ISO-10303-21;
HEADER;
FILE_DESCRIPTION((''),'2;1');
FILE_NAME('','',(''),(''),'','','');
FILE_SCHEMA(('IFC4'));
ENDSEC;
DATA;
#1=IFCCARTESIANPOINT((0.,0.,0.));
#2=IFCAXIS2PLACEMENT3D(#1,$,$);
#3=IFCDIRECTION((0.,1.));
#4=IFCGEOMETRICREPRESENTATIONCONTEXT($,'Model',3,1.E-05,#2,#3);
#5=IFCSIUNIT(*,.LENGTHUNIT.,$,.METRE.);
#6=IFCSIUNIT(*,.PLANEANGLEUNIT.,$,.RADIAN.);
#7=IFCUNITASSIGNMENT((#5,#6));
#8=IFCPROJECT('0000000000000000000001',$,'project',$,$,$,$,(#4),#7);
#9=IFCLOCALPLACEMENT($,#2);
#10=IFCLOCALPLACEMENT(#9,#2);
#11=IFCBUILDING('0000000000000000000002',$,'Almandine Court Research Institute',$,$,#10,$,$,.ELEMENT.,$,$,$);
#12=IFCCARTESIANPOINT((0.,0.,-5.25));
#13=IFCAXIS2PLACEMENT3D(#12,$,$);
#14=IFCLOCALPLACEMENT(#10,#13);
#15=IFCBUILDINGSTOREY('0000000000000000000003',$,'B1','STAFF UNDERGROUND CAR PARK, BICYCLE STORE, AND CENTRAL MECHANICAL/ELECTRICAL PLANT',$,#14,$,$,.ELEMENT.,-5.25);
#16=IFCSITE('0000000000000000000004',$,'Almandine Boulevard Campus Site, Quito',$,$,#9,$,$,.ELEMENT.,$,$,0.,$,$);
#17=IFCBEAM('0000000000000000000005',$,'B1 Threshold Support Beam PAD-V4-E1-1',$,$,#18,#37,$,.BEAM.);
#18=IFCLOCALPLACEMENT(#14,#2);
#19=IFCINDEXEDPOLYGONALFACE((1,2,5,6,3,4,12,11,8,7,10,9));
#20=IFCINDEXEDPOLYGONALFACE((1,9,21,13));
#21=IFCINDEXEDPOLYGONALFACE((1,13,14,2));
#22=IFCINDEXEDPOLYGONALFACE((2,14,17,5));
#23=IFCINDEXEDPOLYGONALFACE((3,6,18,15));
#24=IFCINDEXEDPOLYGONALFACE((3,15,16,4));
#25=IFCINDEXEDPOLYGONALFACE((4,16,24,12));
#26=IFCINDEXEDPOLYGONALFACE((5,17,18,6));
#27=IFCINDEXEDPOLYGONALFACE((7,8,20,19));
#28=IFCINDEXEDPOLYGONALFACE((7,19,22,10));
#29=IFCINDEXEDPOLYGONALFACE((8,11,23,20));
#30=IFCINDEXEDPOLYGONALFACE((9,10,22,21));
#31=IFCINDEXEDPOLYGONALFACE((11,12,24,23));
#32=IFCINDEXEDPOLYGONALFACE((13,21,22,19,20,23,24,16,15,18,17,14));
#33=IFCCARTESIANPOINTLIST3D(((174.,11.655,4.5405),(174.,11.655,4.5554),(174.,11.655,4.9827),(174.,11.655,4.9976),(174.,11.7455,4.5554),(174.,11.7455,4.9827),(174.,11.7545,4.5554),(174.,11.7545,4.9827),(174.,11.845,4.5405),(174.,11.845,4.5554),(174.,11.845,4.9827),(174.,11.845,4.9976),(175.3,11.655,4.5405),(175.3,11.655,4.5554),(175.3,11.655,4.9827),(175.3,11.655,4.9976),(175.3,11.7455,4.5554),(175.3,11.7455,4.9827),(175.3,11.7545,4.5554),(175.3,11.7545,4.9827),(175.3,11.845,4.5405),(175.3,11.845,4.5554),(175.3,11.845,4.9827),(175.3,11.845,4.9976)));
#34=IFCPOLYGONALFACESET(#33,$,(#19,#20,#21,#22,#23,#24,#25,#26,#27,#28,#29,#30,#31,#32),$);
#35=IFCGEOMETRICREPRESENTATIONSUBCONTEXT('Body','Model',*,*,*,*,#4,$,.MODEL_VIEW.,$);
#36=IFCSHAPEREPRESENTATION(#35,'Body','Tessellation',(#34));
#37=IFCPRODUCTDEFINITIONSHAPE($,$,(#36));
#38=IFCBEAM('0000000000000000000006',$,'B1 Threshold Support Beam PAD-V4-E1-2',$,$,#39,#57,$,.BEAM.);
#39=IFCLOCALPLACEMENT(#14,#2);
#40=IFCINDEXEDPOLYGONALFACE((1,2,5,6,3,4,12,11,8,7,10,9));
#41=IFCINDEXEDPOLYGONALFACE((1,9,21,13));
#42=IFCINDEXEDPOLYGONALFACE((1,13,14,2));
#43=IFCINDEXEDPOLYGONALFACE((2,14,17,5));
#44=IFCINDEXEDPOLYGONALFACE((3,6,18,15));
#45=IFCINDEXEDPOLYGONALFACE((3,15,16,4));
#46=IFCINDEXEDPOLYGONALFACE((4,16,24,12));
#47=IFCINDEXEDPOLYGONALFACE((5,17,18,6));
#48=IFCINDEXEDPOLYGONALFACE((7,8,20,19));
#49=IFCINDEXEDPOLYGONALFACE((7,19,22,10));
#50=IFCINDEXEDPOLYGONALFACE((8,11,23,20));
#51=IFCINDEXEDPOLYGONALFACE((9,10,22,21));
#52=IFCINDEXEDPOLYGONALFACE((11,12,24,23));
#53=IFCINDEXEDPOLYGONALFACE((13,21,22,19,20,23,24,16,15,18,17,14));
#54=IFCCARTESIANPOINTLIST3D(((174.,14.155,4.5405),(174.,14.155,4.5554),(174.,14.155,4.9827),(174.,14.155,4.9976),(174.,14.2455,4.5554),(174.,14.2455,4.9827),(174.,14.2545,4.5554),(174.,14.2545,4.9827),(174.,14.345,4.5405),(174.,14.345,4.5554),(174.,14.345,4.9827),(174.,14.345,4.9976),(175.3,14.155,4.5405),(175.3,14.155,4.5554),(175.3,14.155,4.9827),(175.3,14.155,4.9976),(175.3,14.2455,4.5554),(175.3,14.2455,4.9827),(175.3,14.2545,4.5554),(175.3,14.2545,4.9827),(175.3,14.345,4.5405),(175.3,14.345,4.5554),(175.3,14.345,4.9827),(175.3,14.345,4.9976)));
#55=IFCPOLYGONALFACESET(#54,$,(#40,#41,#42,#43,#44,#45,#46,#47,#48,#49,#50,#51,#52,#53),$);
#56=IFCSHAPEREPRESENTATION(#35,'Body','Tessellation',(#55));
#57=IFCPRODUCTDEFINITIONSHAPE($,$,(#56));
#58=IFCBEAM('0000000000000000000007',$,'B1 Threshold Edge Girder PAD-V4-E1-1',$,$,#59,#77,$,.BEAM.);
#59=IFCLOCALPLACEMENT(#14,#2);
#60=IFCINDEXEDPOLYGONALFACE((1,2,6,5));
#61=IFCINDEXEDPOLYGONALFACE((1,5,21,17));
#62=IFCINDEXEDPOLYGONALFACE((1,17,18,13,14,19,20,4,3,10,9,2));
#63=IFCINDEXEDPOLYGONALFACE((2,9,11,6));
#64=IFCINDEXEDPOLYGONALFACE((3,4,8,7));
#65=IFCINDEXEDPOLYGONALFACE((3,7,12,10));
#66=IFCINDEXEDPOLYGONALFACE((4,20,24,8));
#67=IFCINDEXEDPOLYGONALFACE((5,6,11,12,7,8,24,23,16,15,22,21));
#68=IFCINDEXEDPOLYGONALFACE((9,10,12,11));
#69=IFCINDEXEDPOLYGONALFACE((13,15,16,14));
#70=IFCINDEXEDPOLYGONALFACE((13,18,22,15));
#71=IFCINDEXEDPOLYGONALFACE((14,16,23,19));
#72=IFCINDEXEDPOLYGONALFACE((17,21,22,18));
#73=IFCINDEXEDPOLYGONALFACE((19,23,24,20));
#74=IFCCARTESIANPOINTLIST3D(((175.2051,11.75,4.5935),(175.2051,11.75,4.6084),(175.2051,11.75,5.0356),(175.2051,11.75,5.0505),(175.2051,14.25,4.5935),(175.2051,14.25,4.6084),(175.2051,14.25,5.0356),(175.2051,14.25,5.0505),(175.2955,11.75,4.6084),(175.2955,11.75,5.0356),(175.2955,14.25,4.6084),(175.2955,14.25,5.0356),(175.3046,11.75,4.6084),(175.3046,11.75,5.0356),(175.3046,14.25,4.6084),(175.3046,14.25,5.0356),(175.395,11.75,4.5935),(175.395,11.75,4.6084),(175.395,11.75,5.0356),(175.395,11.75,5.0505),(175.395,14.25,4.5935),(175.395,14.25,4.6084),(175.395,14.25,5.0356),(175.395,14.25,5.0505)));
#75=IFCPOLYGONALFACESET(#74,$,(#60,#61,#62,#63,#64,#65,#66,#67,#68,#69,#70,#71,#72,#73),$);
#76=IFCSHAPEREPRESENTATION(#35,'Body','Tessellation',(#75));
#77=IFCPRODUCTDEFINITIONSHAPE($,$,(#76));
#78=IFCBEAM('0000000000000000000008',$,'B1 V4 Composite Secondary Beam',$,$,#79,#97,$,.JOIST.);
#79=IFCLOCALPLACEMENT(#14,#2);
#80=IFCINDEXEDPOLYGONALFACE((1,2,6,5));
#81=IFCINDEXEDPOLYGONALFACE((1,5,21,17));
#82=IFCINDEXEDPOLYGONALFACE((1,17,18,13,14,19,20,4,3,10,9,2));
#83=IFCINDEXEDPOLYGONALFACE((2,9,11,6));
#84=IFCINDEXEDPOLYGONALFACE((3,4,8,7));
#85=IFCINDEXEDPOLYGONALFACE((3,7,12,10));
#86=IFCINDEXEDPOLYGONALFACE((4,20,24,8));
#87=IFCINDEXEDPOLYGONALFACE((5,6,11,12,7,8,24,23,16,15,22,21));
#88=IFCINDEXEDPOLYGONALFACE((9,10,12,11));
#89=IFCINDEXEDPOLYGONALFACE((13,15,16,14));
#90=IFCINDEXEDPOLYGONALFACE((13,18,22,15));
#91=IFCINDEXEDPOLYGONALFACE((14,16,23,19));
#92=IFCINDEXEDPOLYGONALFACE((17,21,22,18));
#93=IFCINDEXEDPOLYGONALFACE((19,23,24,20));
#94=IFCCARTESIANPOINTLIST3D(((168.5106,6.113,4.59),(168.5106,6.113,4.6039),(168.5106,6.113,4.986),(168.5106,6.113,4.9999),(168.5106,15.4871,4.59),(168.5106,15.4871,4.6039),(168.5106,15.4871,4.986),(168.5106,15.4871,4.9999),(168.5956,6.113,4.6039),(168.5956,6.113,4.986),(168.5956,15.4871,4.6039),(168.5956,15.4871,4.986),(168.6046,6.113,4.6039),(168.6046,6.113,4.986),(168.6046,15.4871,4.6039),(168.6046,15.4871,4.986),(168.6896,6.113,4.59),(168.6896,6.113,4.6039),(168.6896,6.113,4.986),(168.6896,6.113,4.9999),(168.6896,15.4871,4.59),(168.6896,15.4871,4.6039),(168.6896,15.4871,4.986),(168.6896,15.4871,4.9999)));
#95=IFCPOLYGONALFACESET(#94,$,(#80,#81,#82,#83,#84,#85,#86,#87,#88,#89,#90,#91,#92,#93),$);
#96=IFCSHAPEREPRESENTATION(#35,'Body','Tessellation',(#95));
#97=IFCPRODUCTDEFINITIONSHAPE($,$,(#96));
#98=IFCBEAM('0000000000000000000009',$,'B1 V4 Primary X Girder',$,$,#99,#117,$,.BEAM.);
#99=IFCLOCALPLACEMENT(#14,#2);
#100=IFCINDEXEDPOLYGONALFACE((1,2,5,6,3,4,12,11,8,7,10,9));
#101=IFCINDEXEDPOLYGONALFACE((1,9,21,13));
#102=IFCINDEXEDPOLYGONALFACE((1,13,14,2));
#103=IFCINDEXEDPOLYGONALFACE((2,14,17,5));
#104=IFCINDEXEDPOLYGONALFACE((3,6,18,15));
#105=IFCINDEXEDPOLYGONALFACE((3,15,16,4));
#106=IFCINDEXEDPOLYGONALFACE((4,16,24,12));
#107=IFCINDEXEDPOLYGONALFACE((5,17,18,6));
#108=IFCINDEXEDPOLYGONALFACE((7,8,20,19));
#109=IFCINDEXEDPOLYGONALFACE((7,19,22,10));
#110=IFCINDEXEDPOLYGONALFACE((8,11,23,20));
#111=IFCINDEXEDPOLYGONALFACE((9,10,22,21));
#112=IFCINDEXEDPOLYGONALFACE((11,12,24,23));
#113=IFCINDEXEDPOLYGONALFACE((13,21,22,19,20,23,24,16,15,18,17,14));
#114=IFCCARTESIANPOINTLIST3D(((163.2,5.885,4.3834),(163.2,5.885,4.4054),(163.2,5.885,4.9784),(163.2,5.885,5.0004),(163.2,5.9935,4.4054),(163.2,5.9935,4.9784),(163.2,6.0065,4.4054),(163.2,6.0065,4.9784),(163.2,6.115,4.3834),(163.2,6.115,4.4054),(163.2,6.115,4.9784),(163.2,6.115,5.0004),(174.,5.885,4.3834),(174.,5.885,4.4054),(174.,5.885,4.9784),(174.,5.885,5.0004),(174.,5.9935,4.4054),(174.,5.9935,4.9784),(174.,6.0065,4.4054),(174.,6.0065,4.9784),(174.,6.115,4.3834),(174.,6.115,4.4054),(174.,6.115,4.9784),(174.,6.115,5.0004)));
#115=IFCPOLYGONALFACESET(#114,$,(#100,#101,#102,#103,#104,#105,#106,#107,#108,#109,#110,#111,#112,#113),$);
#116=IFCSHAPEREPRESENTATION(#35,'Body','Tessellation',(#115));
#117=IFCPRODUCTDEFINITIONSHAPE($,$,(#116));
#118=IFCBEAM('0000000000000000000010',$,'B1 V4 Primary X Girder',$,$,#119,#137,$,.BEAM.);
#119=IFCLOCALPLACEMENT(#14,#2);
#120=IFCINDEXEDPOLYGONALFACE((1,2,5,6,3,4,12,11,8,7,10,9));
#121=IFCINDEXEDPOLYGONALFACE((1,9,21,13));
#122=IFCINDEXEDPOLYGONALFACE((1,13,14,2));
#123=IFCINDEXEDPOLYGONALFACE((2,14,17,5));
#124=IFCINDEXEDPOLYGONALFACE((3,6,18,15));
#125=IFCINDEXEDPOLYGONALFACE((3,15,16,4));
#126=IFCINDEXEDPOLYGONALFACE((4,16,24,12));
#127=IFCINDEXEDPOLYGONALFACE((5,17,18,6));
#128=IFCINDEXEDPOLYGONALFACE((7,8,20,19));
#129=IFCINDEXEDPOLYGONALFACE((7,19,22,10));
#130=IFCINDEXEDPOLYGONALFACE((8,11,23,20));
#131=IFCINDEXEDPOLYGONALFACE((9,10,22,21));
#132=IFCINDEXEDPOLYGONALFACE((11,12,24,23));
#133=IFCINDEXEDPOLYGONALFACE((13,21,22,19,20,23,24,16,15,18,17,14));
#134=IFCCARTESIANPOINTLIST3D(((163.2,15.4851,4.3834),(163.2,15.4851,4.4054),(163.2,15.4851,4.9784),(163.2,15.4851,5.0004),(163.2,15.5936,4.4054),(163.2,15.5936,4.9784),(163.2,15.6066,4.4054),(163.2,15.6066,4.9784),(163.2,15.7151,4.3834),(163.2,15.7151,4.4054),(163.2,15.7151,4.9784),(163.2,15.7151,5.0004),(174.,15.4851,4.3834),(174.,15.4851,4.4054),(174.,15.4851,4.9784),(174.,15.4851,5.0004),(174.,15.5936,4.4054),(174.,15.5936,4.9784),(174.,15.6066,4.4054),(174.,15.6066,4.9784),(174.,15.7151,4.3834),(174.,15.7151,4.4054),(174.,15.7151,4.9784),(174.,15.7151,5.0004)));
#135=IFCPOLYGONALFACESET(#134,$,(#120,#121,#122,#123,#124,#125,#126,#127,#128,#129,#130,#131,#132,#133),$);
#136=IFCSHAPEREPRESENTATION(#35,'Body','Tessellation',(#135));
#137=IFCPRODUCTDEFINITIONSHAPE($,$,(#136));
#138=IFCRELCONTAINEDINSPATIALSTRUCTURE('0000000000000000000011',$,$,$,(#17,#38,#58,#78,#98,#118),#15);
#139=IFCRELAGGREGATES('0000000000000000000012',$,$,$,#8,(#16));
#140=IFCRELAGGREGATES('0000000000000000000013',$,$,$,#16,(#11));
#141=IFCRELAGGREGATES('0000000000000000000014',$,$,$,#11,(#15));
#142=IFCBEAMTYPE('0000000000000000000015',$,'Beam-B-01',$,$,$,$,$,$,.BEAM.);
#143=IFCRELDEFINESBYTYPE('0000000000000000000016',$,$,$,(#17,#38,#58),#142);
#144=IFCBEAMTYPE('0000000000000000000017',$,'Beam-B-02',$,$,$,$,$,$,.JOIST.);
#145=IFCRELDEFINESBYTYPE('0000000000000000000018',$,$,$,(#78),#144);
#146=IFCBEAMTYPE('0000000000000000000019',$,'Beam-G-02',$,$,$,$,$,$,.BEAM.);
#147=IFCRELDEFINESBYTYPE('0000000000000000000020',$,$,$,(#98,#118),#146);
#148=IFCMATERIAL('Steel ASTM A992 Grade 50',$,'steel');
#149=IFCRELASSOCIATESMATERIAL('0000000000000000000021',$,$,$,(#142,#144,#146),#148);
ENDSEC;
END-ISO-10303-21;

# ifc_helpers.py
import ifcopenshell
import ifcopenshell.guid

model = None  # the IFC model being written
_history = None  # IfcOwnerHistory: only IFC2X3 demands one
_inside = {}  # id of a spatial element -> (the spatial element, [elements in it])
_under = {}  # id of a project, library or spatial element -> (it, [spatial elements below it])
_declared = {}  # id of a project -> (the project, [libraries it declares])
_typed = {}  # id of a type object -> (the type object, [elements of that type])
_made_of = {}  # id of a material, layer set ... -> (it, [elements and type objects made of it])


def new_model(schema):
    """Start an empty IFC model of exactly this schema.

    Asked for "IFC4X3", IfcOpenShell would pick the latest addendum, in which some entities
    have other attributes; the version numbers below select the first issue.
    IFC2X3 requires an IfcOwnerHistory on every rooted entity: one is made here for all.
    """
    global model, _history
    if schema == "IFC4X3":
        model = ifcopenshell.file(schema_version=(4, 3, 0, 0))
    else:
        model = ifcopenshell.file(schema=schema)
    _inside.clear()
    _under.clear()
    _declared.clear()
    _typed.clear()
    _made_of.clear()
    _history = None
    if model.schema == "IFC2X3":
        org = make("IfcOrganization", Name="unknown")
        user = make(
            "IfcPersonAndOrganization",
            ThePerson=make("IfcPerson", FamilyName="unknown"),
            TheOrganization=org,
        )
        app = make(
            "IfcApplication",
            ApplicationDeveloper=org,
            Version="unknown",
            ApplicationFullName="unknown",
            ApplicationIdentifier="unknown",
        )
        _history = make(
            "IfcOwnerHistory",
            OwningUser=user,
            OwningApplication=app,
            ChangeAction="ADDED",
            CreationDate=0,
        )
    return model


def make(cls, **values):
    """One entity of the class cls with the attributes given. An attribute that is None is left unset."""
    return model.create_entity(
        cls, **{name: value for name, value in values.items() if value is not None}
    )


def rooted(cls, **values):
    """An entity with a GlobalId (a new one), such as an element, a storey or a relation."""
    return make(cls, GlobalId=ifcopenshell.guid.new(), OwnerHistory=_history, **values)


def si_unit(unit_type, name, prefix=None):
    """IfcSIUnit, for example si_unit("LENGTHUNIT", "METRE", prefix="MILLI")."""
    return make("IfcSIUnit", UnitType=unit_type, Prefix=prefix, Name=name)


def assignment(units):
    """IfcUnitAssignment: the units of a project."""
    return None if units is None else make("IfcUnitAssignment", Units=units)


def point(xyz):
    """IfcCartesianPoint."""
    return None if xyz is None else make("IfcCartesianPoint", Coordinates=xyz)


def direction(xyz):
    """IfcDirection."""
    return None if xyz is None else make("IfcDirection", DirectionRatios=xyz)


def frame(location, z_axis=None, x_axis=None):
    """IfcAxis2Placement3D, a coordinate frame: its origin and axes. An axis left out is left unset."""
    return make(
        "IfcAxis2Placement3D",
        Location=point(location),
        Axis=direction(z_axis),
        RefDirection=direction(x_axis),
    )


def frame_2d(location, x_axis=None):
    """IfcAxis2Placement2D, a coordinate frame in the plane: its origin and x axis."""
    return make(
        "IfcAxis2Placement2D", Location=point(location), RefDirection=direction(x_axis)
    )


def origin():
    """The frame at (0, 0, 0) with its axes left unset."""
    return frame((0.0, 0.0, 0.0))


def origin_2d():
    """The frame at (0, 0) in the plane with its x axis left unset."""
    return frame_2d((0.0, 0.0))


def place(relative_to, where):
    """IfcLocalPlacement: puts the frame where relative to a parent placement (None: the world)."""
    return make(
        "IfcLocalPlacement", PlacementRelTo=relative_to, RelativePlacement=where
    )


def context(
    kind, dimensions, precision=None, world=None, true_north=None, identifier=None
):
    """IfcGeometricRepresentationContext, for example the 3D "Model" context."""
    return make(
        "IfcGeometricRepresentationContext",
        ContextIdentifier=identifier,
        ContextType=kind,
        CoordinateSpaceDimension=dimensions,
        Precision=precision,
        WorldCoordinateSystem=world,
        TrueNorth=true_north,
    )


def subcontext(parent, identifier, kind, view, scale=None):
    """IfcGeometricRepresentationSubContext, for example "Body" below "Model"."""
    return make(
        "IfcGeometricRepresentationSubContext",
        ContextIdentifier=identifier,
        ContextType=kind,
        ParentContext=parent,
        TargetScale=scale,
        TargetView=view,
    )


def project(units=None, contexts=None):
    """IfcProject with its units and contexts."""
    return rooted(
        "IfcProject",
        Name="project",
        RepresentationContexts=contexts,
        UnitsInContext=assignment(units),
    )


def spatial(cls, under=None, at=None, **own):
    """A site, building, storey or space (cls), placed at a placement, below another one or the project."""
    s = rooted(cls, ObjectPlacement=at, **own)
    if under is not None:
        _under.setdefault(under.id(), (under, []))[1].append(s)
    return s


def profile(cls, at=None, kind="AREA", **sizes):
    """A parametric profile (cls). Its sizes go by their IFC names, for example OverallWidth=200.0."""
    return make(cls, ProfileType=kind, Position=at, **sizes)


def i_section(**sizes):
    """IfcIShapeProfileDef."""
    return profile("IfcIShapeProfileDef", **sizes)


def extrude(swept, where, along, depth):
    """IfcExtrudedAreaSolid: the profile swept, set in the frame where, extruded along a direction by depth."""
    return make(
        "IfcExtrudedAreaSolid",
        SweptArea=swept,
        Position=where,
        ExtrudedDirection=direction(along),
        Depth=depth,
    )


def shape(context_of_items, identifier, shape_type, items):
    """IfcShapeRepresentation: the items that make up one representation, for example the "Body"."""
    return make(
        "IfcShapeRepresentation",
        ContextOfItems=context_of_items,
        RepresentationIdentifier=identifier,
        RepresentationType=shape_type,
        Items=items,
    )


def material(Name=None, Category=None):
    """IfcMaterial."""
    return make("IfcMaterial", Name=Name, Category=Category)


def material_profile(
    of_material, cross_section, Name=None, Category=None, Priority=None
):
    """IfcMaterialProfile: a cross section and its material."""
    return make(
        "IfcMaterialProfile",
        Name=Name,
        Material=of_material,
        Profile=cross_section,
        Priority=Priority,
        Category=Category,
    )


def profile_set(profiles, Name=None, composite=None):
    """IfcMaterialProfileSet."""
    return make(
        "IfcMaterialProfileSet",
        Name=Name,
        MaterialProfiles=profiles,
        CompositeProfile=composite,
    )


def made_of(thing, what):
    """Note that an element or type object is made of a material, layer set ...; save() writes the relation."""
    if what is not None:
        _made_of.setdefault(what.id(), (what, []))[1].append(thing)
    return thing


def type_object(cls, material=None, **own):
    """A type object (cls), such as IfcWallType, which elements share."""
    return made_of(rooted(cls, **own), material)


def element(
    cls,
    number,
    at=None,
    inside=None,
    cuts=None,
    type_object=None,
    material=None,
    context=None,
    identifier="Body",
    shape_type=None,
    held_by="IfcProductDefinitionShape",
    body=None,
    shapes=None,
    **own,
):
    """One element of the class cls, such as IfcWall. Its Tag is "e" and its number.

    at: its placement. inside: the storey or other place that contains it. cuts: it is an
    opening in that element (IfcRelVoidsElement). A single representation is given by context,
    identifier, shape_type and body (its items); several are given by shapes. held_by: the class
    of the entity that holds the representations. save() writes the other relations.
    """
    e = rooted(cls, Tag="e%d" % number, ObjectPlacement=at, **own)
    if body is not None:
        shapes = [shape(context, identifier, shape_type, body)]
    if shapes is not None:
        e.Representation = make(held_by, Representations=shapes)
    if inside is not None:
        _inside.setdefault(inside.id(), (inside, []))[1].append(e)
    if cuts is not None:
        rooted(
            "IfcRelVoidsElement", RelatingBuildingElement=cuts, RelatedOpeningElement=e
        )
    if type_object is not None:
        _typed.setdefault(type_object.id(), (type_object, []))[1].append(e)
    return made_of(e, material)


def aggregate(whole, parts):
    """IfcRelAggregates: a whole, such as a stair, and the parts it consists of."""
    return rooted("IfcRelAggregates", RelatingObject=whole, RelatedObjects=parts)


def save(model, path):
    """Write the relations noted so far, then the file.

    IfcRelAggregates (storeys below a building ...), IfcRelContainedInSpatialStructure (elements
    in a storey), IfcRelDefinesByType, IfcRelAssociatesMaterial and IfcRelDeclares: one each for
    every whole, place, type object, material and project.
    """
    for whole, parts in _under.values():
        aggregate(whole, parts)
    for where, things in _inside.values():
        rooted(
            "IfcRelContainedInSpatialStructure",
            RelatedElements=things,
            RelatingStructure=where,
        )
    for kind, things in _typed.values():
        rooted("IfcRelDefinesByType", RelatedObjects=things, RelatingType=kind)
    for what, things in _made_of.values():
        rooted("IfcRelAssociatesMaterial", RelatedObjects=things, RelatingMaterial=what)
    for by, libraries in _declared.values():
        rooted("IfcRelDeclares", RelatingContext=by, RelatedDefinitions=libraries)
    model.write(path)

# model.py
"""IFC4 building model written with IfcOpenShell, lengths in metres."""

from ifc_helpers import new_model, si_unit, direction, frame, origin, origin_2d, place, context, subcontext, project, spatial, i_section, extrude, material, material_profile, profile_set, type_object, element, save


model = new_model("IFC4")

# Units and contexts
model_context = context("Model", 3, precision=1e-05, world=origin(), true_north=direction((0.0, 1.0)))
body_context = subcontext(model_context, "Body", "Model", "MODEL_VIEW")
ifc_project = project(units=[si_unit("LENGTHUNIT", "METRE"), si_unit("PLANEANGLEUNIT", "RADIAN")], contexts=[model_context])

# Site, building, storey
site_placement = place(None, origin())
site = spatial("IfcSite", under=ifc_project, at=site_placement, Name="Almandine Boulevard Campus Site, Quito", CompositionType="ELEMENT", RefElevation=0.0)
building_placement = place(site_placement, origin())
building = spatial("IfcBuilding", under=site, at=building_placement, Name="Almandine Court Research Institute", CompositionType="ELEMENT")
storey_placement = place(building_placement, frame((0.0, 0.0, -5.25)))
storey = spatial("IfcBuildingStorey", under=building, at=storey_placement, Name="B1", Description="STAFF UNDERGROUND CAR PARK, BICYCLE STORE, AND CENTRAL MECHANICAL/ELECTRICAL PLANT", CompositionType="ELEMENT", Elevation=-5.25)

# Shared definitions
ifc_material_1 = material(Name="Steel ASTM A992 Grade 50", Category="steel")

# Beams
ifc_material_profile_1 = material_profile(ifc_material_1, i_section(OverallWidth=0.1899, OverallDepth=0.457, WebThickness=0.009, FlangeThickness=0.0149, at=origin_2d()), Name="W460x74")
ifc_profile_set_1 = profile_set([ifc_material_profile_1], Name="Steel ASTM A992 Grade 50")
beam_type_1 = type_object("IfcBeamType", Name="Beam-B-01", PredefinedType="BEAM", material=ifc_profile_set_1)
for number, where, z_axis, x_axis, name in (
    (1, (175.3, 11.75, 4.769), (-1.0, 0.0, 0.0), (0.0, -1.0, 0.0), "B1 Threshold Support Beam PAD-V4-E1-1"),
    (2, (175.3, 14.25, 4.769), (-1.0, 0.0, 0.0), (0.0, -1.0, 0.0), "B1 Threshold Support Beam PAD-V4-E1-2"),
):
    element("IfcBeam", number, at=place(storey_placement, frame(where, z_axis=z_axis, x_axis=x_axis)), inside=storey, type_object=beam_type_1, Name=name, PredefinedType="BEAM", context=body_context, shape_type="SweptSolid", body=[
        extrude(i_section(OverallWidth=0.1899, OverallDepth=0.457, WebThickness=0.009, FlangeThickness=0.0149, at=origin_2d()), origin(), (0.0, 0.0, 1.0), 1.3),
    ])
beam_1_placement = place(storey_placement, frame((175.3, 11.75, 4.822), z_axis=(0.0, 1.0, 0.0), x_axis=(-1.0, 0.0, 0.0)))
element("IfcBeam", 3, at=beam_1_placement, inside=storey, type_object=beam_type_1, Name="B1 Threshold Edge Girder PAD-V4-E1-1", PredefinedType="BEAM", context=body_context, shape_type="SweptSolid", body=[
    extrude(i_section(OverallWidth=0.1899, OverallDepth=0.457, WebThickness=0.009, FlangeThickness=0.0149, at=origin_2d()), origin(), (0.0, 0.0, 1.0), 2.5),
])
ifc_material_profile_2 = material_profile(ifc_material_1, i_section(OverallWidth=0.179, OverallDepth=0.4099, WebThickness=0.009, FlangeThickness=0.0139, at=origin_2d()), Name="W410x67")
ifc_profile_set_2 = profile_set([ifc_material_profile_2], Name="Steel ASTM A992 Grade 50")
beam_type_2 = type_object("IfcBeamType", Name="Beam-B-02", PredefinedType="JOIST", material=ifc_profile_set_2)
beam_2_placement = place(storey_placement, frame((168.6001, 6.113, 4.7949), z_axis=(0.0, 1.0, 0.0), x_axis=(-1.0, 0.0, 0.0)))
element("IfcBeam", 4, at=beam_2_placement, inside=storey, type_object=beam_type_2, Name="B1 V4 Composite Secondary Beam", PredefinedType="JOIST", context=body_context, shape_type="SweptSolid", body=[
    extrude(i_section(OverallWidth=0.179, OverallDepth=0.4099, WebThickness=0.009, FlangeThickness=0.0139, at=origin_2d()), origin(), (0.0, 0.0, 1.0), 9.374),
])
ifc_material_profile_3 = material_profile(ifc_material_1, i_section(OverallWidth=0.23, OverallDepth=0.6169, WebThickness=0.0129, FlangeThickness=0.022, at=origin_2d()), Name="W610x140")
ifc_profile_set_3 = profile_set([ifc_material_profile_3], Name="Steel ASTM A992 Grade 50")
beam_type_3 = type_object("IfcBeamType", Name="Beam-G-02", PredefinedType="BEAM", material=ifc_profile_set_3)
for number, where, z_axis, x_axis, name in (
    (5, (163.2, 6.0, 4.6919), (1.0, 0.0, 0.0), (0.0, 1.0, 0.0), "B1 V4 Primary X Girder"),
    (6, (163.2, 15.6001, 4.6919), (1.0, 0.0, 0.0), (0.0, 1.0, 0.0), "B1 V4 Primary X Girder"),
):
    element("IfcBeam", number, at=place(storey_placement, frame(where, z_axis=z_axis, x_axis=x_axis)), inside=storey, type_object=beam_type_3, Name=name, PredefinedType="BEAM", context=body_context, shape_type="SweptSolid", body=[
        extrude(i_section(OverallWidth=0.23, OverallDepth=0.6169, WebThickness=0.0129, FlangeThickness=0.022, at=origin_2d()), origin(), (0.0, 0.0, 1.0), 10.8),
    ])

save(model, "model.ifc")
